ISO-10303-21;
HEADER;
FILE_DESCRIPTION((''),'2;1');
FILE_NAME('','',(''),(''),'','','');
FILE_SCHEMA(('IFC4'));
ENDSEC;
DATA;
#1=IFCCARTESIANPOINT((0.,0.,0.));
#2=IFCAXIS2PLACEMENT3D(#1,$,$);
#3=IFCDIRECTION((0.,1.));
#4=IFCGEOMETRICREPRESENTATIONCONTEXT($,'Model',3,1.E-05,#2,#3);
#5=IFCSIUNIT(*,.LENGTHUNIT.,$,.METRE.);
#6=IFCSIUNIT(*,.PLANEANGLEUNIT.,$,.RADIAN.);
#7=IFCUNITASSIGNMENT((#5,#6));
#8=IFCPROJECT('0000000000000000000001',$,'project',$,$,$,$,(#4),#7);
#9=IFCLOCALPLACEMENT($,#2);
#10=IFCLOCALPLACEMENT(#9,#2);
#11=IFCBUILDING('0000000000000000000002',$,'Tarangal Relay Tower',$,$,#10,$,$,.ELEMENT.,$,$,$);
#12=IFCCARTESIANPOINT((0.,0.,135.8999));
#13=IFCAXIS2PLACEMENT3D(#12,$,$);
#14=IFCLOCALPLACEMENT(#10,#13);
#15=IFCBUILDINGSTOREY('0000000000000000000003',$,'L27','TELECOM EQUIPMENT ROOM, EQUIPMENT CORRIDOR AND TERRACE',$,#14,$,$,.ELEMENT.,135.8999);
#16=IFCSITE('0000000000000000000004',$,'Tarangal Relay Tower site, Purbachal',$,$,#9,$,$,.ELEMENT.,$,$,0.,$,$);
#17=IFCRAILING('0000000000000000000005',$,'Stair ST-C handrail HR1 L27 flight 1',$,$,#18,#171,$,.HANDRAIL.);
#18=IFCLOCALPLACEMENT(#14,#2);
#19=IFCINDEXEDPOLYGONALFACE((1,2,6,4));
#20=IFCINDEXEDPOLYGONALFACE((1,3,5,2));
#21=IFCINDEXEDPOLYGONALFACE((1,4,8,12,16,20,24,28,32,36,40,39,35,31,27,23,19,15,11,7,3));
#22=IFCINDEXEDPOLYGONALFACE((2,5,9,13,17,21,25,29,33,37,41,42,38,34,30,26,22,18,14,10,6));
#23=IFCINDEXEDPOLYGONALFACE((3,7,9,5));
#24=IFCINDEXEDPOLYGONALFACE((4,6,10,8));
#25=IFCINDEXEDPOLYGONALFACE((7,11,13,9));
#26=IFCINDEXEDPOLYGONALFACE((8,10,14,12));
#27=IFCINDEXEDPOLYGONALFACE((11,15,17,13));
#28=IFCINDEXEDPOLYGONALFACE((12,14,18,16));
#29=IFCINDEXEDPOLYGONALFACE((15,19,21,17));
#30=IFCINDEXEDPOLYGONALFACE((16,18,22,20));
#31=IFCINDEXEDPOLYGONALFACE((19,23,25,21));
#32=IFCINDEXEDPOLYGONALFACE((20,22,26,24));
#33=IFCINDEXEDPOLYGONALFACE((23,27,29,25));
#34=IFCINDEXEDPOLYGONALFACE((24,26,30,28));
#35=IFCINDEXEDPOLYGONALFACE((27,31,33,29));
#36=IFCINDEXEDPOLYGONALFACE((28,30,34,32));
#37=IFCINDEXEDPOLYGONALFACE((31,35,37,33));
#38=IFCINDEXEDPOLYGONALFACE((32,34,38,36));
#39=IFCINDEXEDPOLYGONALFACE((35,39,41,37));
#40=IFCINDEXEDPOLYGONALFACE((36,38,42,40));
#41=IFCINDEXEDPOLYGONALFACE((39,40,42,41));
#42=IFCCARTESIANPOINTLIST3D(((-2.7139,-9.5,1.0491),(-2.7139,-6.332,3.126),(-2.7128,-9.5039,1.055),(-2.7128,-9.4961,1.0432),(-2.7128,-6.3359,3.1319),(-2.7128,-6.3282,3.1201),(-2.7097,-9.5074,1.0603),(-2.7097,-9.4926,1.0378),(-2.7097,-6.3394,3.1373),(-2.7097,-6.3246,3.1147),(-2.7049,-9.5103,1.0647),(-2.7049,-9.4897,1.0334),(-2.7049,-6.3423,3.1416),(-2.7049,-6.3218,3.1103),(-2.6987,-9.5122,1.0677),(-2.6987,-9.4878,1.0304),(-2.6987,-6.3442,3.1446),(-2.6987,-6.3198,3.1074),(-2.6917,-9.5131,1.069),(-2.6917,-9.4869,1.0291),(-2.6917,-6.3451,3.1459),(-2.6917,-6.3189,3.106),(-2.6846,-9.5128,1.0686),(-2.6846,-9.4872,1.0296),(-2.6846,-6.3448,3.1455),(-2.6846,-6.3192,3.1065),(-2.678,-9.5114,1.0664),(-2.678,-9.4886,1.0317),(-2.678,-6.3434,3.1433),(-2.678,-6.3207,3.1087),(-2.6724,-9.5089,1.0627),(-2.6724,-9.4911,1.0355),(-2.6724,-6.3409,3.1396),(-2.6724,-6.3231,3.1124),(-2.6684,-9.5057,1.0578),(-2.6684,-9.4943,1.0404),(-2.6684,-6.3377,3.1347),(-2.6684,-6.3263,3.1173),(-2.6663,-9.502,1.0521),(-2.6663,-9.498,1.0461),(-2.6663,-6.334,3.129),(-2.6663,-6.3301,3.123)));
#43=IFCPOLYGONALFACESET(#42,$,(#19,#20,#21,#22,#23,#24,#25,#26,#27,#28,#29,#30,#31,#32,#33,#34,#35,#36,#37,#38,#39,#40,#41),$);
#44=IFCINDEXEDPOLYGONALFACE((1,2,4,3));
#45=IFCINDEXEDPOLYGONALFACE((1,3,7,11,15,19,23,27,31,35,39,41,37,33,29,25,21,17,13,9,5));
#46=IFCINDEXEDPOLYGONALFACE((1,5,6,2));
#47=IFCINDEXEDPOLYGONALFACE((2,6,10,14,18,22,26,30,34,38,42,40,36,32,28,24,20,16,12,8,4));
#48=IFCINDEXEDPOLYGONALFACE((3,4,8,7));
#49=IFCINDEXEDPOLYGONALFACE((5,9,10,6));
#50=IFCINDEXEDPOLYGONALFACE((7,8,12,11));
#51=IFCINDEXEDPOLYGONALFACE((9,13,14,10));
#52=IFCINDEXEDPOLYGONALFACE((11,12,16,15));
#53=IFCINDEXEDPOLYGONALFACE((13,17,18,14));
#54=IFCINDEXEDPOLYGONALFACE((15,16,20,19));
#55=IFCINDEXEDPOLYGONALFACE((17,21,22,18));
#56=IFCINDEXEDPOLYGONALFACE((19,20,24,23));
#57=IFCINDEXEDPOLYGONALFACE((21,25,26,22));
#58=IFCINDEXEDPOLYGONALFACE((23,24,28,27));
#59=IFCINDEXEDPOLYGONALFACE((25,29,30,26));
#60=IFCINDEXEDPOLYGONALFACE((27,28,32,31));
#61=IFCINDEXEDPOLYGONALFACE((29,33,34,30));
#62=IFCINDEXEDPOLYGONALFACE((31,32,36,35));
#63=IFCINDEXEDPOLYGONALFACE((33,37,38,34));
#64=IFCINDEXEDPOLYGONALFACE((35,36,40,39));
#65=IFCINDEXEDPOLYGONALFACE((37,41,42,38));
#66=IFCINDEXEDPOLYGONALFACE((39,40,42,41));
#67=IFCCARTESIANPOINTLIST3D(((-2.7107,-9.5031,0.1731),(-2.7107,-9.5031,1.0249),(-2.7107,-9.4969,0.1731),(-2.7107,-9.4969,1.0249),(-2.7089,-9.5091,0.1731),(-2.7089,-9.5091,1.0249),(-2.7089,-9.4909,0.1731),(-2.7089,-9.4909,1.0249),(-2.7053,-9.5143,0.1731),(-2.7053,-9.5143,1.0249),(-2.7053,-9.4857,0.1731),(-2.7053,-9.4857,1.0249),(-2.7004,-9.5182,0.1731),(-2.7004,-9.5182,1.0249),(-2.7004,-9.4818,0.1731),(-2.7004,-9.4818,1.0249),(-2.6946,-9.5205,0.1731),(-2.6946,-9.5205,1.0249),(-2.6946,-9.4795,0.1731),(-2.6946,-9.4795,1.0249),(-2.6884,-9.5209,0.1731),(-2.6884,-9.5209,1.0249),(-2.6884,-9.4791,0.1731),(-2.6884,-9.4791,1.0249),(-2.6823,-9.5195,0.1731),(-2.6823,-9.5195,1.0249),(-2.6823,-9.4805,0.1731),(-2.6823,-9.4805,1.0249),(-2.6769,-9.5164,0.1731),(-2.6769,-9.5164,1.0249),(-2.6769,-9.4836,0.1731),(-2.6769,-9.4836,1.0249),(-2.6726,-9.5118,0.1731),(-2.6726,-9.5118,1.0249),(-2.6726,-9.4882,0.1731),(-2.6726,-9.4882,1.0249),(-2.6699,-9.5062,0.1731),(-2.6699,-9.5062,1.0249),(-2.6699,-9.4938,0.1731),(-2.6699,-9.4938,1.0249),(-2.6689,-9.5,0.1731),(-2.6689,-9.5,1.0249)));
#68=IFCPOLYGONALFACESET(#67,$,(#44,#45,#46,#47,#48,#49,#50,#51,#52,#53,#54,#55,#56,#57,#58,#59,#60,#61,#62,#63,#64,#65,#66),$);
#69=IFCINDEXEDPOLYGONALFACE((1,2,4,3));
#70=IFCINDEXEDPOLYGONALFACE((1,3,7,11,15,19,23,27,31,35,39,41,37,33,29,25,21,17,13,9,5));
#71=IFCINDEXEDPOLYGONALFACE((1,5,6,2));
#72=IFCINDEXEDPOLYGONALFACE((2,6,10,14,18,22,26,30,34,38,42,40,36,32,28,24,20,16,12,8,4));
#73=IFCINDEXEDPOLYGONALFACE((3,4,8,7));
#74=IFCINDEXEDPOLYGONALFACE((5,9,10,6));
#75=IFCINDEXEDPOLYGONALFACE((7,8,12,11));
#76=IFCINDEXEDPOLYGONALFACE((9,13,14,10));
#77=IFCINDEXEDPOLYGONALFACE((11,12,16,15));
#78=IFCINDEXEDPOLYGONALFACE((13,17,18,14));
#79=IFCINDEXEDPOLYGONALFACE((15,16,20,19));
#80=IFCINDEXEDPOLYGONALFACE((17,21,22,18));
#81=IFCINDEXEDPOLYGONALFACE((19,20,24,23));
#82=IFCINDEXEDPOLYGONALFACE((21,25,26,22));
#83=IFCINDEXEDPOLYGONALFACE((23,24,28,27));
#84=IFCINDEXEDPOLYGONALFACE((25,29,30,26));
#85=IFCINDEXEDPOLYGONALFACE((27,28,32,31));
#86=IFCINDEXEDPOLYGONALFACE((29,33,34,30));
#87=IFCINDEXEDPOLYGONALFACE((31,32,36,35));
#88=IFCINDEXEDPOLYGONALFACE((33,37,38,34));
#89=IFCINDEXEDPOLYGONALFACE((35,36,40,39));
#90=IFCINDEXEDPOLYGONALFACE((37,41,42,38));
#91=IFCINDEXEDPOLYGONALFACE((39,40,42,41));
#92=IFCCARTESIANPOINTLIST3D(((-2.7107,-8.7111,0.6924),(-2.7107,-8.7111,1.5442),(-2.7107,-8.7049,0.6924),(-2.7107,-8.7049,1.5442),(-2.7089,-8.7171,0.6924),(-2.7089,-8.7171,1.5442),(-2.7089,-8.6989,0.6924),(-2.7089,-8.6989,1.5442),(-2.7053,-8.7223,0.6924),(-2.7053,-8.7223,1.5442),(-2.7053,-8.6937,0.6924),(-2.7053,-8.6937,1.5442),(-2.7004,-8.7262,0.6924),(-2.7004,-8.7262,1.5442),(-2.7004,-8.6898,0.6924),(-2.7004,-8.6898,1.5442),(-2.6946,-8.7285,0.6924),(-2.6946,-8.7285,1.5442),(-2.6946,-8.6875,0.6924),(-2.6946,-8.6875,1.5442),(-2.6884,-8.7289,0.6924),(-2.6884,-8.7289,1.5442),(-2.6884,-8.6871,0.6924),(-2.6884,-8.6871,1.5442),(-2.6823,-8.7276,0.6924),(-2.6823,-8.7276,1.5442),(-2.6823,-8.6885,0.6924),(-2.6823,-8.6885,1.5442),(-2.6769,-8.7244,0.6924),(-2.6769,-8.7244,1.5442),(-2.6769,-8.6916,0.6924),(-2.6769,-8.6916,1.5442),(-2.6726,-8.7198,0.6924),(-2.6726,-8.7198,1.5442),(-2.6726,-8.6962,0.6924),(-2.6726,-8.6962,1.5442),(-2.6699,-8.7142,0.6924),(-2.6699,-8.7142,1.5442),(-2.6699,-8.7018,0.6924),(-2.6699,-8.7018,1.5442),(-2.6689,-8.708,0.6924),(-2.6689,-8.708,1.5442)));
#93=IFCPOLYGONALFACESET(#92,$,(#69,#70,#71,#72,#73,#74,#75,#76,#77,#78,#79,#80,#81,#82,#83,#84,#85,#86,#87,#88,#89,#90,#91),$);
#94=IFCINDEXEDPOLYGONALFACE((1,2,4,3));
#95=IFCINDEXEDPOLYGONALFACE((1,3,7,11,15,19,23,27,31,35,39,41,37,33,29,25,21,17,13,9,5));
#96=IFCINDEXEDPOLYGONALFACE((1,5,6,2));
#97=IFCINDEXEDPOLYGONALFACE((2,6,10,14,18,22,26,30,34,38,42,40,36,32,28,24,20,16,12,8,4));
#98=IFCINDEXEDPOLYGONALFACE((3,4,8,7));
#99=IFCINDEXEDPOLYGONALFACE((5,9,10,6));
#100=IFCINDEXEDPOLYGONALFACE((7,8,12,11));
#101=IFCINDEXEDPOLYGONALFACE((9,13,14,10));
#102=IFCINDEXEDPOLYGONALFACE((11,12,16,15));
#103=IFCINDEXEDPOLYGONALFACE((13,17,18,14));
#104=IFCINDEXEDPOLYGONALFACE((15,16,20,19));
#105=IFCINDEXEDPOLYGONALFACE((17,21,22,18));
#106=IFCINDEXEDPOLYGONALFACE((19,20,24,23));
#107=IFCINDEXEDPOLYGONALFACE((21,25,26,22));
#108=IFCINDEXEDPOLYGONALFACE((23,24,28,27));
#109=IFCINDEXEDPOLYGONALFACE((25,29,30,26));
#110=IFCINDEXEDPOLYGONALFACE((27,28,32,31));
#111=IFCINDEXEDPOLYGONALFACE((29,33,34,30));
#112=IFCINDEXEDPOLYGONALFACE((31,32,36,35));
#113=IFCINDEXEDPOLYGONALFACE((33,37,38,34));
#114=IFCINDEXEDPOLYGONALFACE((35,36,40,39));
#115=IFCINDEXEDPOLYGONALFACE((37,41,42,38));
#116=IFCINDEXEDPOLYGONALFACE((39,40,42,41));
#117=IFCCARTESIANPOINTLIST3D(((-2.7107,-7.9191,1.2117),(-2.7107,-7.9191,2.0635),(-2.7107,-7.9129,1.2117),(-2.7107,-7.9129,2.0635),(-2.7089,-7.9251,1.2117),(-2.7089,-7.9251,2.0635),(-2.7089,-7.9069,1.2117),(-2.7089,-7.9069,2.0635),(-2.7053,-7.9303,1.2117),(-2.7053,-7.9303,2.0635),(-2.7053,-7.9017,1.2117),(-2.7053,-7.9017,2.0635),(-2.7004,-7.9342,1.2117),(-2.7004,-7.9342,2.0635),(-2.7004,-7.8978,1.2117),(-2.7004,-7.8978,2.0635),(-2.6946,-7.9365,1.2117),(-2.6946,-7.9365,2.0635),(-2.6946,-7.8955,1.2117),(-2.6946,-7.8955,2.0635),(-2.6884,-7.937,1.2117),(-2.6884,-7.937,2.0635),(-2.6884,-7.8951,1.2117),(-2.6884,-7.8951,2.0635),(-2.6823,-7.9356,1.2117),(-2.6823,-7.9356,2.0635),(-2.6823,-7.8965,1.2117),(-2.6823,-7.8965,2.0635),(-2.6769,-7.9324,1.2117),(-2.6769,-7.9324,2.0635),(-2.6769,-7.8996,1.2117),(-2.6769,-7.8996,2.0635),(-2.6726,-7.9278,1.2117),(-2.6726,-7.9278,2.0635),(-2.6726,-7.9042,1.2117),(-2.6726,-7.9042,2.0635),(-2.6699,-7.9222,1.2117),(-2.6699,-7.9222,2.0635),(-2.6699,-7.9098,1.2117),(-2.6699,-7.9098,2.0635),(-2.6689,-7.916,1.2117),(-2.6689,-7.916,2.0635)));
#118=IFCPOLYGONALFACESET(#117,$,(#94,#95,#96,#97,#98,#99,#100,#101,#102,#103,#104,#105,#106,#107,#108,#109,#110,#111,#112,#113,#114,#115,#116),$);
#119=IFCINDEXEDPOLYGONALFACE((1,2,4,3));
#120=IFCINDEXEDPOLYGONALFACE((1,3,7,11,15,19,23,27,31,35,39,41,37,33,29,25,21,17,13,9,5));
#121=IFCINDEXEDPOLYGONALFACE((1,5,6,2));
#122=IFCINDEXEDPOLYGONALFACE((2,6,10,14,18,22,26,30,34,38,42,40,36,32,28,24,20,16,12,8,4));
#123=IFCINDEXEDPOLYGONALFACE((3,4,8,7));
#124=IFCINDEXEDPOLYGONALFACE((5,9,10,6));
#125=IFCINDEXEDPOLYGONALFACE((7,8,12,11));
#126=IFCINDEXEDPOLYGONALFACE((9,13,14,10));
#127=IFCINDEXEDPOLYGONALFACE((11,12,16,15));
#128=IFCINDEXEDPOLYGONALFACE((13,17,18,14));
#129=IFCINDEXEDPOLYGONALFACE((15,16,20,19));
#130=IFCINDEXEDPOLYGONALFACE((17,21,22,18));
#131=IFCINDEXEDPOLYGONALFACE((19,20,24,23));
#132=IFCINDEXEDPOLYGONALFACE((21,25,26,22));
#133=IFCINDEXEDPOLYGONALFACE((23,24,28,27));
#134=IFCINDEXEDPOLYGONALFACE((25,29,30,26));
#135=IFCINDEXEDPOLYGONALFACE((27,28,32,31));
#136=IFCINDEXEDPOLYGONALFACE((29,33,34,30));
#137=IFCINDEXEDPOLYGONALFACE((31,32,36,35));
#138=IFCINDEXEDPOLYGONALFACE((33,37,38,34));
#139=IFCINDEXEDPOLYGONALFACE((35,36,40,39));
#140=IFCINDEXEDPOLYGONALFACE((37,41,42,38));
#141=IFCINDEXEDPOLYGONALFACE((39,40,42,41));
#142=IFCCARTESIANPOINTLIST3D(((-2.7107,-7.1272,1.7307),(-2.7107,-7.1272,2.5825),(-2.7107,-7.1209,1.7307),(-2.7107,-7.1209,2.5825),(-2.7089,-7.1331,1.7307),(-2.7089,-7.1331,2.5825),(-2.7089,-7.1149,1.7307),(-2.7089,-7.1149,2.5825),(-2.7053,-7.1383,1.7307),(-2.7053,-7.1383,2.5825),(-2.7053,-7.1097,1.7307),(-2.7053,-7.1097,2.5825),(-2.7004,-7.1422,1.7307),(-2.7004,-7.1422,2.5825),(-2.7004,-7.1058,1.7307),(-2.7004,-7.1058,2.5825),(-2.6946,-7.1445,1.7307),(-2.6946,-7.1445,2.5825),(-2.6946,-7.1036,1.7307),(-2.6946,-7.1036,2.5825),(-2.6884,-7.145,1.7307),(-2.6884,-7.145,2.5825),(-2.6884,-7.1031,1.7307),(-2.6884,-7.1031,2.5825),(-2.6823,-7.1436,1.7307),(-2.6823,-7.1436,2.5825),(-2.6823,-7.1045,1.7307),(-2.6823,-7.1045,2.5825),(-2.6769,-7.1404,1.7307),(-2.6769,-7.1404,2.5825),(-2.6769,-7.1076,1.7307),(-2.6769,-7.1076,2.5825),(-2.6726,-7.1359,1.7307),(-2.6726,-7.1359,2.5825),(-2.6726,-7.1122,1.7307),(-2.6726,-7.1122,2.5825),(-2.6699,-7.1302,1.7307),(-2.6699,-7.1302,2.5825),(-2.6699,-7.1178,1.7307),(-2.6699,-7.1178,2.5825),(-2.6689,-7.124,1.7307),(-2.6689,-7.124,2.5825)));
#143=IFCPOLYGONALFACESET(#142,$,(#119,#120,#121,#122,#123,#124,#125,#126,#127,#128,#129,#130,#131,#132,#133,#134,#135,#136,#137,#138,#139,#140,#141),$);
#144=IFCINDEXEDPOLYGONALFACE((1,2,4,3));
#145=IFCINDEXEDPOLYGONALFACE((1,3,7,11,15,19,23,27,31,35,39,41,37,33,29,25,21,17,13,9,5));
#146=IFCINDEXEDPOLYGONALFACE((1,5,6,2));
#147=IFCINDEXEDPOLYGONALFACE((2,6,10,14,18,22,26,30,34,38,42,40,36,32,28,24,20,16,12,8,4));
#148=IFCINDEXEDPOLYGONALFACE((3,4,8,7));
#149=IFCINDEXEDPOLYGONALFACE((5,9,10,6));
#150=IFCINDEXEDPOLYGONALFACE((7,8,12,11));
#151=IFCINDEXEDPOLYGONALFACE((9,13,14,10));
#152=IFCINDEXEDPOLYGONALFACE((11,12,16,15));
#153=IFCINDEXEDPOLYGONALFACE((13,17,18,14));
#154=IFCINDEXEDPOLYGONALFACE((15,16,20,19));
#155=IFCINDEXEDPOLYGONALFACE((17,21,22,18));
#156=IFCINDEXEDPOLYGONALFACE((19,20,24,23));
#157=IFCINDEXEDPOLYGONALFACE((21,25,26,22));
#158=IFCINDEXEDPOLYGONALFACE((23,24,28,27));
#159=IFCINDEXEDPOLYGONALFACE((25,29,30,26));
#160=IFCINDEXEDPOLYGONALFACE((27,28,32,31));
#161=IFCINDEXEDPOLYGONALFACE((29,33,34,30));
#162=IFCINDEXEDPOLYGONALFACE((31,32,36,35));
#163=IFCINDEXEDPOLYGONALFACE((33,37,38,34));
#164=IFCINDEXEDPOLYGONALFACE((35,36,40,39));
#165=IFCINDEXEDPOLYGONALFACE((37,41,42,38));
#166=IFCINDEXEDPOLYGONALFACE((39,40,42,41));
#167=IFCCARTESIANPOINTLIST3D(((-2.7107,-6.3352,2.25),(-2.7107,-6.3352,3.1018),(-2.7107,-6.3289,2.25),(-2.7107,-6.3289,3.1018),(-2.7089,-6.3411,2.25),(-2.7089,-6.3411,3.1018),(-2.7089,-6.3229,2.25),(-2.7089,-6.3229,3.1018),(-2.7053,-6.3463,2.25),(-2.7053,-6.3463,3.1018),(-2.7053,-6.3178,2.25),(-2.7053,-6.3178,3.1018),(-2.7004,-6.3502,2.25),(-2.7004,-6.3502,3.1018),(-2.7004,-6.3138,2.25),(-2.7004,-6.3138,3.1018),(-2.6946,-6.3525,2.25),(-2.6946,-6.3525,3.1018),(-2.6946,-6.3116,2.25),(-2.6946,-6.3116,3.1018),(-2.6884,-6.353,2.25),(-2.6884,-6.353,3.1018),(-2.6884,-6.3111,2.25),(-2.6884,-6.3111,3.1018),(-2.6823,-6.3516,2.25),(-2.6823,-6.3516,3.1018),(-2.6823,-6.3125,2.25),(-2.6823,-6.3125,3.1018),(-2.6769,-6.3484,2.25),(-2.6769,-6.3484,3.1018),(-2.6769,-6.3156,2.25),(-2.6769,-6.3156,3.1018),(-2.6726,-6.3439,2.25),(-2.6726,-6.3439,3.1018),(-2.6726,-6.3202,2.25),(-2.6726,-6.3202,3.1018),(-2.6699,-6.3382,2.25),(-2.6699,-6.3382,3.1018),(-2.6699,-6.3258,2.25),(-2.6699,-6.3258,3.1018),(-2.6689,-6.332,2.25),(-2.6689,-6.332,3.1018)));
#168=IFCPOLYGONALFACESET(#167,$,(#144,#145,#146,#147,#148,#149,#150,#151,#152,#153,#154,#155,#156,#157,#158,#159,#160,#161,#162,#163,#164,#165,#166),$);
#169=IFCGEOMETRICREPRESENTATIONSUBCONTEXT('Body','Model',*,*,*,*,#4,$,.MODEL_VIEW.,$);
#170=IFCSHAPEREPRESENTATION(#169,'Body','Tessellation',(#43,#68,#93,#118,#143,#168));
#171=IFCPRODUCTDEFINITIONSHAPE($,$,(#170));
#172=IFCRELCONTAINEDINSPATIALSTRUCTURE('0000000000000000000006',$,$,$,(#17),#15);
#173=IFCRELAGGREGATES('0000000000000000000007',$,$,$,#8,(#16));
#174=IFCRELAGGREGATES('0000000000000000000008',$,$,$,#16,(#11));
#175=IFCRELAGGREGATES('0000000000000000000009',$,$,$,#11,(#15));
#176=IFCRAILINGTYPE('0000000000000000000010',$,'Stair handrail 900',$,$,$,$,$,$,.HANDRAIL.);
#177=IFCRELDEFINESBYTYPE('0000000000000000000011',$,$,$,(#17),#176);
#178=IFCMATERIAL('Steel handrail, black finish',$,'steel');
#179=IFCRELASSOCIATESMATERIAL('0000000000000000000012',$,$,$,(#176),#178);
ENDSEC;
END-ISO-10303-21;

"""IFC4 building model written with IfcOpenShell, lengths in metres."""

from ifc_helpers import new_model, si_unit, direction, frame, origin, origin_2d, place, context, subcontext, project, spatial, circle, extrude, material, type_object, element, save


model = new_model("IFC4")

# Units and contexts
model_context = context("Model", 3, precision=1e-05, world=origin(), true_north=direction((0.0, 1.0)))
body_context = subcontext(model_context, "Body", "Model", "MODEL_VIEW")
ifc_project = project(units=[si_unit("LENGTHUNIT", "METRE"), si_unit("PLANEANGLEUNIT", "RADIAN")], contexts=[model_context])

# Site, building, storey
site_placement = place(None, origin())
site = spatial("IfcSite", under=ifc_project, at=site_placement, Name="Tarangal Relay Tower site, Purbachal", CompositionType="ELEMENT", RefElevation=0.0)
building_placement = place(site_placement, origin())
building = spatial("IfcBuilding", under=site, at=building_placement, Name="Tarangal Relay Tower", CompositionType="ELEMENT")
storey_placement = place(building_placement, frame((0.0, 0.0, 135.8999)))
storey = spatial("IfcBuildingStorey", under=building, at=storey_placement, Name="L27", Description="TELECOM EQUIPMENT ROOM, EQUIPMENT CORRIDOR AND TERRACE", CompositionType="ELEMENT", Elevation=135.8999)

# Railing
ifc_material_1 = material(Name="Steel handrail, black finish", Category="steel")
railing_type_1 = type_object("IfcRailingType", Name="Stair handrail 900", PredefinedType="HANDRAIL", material=ifc_material_1)
railing_1_placement = place(storey_placement, frame((-2.6899, -9.5, 0.1731)))
element("IfcRailing", 1, at=railing_1_placement, inside=storey, type_object=railing_type_1, Name="Stair ST-C handrail HR1 L27 flight 1", PredefinedType="HANDRAIL", context=body_context, shape_type="SweptSolid", body=[
    extrude(circle(Radius=0.0239, at=origin_2d()), frame((0.0, 0.0, 0.876), z_axis=(0.0, 0.836299, 0.548273), x_axis=(-1.0, 0.0, 0.0)), (0.0, 0.0, 1.0), 3.7881),
    extrude(circle(Radius=0.021, at=origin_2d()), origin(), (0.0, 0.0, 1.0), 0.8518),
    extrude(circle(Radius=0.021, at=origin_2d()), frame((0.0, 0.792, 0.5193)), (0.0, 0.0, 1.0), 0.8518),
    extrude(circle(Radius=0.021, at=origin_2d()), frame((0.0, 1.584, 1.0386)), (0.0, 0.0, 1.0), 0.8518),
    extrude(circle(Radius=0.021, at=origin_2d()), frame((0.0, 2.376, 1.5576)), (0.0, 0.0, 1.0), 0.8518),
    extrude(circle(Radius=0.021, at=origin_2d()), frame((0.0, 3.168, 2.0769)), (0.0, 0.0, 1.0), 0.8518),
])

save(model, "model.ifc")
